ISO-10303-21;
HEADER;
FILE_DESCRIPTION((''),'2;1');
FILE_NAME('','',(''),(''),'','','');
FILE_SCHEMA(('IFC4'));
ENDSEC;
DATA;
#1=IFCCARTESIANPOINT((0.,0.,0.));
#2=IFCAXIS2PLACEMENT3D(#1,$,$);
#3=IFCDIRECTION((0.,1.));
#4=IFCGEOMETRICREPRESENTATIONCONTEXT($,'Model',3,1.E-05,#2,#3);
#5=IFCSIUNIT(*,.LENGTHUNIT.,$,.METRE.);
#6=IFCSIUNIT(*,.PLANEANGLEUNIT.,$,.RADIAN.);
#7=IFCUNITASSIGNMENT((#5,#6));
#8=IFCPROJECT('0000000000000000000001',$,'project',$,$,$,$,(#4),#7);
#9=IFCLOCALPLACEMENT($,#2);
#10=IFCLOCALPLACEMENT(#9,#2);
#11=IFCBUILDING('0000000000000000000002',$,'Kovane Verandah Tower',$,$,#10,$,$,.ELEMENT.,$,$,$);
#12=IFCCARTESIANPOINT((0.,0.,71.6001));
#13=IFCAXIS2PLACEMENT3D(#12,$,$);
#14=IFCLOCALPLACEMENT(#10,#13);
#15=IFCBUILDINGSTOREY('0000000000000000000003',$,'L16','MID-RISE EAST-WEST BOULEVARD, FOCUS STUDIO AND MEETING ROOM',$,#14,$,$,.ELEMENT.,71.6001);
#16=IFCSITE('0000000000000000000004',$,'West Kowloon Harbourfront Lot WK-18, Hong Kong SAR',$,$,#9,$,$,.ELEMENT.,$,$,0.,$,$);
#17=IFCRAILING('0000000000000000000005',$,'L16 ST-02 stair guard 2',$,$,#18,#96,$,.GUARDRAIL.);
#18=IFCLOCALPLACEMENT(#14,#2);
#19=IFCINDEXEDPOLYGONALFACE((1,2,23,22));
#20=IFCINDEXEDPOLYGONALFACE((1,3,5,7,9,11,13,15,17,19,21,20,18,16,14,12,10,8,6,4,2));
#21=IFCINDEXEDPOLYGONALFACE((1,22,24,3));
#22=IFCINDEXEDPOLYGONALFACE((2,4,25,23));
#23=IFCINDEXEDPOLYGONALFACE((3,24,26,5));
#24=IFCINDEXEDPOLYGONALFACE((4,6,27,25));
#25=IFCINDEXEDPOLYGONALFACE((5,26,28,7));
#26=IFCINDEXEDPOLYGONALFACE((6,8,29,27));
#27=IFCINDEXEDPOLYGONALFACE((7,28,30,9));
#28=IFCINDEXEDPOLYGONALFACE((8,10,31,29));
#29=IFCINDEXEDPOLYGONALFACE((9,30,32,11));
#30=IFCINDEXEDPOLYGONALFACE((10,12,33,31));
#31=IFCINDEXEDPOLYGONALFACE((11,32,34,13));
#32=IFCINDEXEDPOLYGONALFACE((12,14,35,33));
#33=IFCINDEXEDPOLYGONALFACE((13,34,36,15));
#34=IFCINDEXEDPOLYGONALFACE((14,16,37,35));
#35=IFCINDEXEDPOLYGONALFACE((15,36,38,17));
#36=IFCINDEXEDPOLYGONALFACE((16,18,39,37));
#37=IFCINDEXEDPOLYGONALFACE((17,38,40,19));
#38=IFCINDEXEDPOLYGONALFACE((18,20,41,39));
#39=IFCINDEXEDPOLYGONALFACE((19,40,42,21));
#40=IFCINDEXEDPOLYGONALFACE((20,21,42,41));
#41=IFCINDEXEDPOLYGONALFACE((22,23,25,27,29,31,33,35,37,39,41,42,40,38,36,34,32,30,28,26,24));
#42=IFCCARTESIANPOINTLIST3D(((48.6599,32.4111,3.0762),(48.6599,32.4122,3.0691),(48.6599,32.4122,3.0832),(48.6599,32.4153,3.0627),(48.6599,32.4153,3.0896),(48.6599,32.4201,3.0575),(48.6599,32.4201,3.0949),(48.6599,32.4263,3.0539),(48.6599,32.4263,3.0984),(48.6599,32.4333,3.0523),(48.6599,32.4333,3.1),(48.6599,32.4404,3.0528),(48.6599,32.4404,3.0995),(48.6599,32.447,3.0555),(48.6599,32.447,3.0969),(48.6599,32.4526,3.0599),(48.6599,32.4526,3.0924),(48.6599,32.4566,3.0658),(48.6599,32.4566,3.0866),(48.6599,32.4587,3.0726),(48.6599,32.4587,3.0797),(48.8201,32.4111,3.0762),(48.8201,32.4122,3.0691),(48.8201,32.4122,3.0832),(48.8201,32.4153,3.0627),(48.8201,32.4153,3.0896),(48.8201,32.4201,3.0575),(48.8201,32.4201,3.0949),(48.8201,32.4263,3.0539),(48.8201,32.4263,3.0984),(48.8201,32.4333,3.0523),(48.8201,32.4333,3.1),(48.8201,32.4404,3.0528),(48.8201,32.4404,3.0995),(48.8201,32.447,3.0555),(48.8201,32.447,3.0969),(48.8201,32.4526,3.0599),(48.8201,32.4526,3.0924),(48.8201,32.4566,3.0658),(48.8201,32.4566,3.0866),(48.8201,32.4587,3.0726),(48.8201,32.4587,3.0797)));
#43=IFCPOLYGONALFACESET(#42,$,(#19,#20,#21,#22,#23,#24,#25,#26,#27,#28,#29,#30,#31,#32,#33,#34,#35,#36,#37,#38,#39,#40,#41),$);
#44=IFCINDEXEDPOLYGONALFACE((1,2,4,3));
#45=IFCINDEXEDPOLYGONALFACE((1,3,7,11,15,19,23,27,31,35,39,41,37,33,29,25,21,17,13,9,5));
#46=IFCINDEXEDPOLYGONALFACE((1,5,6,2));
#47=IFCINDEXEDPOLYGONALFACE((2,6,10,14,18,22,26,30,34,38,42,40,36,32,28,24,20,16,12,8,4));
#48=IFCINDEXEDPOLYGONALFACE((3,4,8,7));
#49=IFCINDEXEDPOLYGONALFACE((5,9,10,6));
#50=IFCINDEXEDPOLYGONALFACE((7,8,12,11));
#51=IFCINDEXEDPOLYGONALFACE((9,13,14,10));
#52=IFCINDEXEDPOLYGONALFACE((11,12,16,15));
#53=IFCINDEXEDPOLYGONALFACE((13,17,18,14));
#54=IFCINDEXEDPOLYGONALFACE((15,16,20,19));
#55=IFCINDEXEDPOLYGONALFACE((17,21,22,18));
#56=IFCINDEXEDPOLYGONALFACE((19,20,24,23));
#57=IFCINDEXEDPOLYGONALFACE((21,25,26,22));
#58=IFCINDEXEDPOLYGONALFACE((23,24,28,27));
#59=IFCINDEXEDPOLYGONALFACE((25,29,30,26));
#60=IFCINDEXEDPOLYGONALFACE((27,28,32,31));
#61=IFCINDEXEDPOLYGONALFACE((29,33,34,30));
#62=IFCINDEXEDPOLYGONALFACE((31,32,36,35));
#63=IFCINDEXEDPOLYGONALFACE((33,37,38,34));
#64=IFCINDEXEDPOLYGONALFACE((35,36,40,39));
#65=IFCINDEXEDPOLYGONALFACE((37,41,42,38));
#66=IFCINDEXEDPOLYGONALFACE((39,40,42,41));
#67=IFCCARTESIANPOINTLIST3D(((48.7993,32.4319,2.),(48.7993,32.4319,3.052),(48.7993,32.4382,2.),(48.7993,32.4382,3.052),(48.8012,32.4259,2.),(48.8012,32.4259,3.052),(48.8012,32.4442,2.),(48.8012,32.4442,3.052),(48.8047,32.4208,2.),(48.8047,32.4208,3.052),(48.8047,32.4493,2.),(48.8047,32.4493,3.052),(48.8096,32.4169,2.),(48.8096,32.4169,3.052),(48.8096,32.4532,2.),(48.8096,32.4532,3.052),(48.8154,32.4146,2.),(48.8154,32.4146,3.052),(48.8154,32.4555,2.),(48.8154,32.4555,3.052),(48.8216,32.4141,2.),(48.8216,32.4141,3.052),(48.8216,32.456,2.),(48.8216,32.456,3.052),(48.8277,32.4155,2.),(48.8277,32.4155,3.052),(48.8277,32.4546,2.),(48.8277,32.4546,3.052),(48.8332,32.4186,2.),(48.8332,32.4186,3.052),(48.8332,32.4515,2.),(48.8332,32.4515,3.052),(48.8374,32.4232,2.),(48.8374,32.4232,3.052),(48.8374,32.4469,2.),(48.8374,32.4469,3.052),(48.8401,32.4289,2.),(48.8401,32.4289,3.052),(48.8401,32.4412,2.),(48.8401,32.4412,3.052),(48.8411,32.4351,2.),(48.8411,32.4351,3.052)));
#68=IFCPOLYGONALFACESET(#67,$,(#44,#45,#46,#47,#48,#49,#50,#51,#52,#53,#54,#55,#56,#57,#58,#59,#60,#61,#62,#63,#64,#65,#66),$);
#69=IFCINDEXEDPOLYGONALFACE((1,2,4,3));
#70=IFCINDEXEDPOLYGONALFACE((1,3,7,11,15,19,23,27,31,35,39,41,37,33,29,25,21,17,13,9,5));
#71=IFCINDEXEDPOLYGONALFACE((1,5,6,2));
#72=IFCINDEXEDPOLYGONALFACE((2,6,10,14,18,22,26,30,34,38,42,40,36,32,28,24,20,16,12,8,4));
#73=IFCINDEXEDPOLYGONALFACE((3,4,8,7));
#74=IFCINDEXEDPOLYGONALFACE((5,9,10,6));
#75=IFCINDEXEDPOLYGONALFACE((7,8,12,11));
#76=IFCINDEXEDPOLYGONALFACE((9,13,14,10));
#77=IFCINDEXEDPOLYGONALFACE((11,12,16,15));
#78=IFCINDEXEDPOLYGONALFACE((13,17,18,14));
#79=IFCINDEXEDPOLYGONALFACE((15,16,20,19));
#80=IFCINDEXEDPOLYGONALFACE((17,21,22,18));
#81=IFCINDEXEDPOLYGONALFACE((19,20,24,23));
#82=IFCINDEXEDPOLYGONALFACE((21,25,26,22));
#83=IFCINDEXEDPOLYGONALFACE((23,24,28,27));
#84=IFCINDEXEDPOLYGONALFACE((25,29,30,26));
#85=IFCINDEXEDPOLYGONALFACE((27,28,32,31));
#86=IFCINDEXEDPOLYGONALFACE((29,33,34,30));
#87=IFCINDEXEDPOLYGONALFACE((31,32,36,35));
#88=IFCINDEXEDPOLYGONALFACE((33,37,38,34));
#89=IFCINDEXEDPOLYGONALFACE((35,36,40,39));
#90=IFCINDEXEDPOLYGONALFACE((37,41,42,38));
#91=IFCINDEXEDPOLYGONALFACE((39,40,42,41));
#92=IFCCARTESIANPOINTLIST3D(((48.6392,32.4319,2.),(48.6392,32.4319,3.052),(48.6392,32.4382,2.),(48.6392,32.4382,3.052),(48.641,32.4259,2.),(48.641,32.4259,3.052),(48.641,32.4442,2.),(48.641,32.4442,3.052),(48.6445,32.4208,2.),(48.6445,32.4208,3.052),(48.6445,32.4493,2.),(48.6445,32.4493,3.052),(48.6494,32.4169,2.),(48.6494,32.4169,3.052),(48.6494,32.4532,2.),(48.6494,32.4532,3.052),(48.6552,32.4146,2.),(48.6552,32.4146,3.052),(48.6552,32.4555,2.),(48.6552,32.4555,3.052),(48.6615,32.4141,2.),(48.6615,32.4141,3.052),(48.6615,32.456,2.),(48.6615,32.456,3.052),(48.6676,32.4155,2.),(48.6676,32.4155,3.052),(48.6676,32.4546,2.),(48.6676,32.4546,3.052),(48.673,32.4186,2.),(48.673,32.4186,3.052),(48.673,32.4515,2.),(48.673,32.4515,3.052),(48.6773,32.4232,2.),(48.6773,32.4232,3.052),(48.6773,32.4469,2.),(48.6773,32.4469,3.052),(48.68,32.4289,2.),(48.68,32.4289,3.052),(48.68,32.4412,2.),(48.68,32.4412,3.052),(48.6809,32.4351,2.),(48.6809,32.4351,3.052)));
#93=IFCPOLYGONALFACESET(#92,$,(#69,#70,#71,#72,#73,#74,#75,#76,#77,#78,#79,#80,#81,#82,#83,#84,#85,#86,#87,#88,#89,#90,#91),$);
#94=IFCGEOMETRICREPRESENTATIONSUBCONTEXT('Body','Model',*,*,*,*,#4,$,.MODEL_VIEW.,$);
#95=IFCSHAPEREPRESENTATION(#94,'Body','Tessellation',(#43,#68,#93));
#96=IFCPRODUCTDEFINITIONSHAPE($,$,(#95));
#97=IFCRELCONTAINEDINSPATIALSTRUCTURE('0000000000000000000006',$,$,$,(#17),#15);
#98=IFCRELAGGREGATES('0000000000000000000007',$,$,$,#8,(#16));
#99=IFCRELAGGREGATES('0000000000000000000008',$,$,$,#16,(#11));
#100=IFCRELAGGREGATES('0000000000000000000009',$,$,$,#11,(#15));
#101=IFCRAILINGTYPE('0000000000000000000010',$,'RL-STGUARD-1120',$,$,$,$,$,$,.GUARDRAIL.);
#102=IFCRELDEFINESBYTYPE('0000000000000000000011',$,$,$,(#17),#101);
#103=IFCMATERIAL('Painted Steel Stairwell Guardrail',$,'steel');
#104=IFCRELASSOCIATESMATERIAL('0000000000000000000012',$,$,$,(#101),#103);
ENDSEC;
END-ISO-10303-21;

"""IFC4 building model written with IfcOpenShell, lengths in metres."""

from ifc_helpers import new_model, si_unit, direction, frame, origin, origin_2d, place, context, subcontext, project, spatial, circle, extrude, material, type_object, element, save


model = new_model("IFC4")

# Units and contexts
model_context = context("Model", 3, precision=1e-05, world=origin(), true_north=direction((0.0, 1.0)))
body_context = subcontext(model_context, "Body", "Model", "MODEL_VIEW")
ifc_project = project(units=[si_unit("LENGTHUNIT", "METRE"), si_unit("PLANEANGLEUNIT", "RADIAN")], contexts=[model_context])

# Site, building, storey
site_placement = place(None, origin())
site = spatial("IfcSite", under=ifc_project, at=site_placement, Name="West Kowloon Harbourfront Lot WK-18, Hong Kong SAR", CompositionType="ELEMENT", RefElevation=0.0)
building_placement = place(site_placement, origin())
building = spatial("IfcBuilding", under=site, at=building_placement, Name="Kovane Verandah Tower", CompositionType="ELEMENT")
storey_placement = place(building_placement, frame((0.0, 0.0, 71.6001)))
storey = spatial("IfcBuildingStorey", under=building, at=storey_placement, Name="L16", Description="MID-RISE EAST-WEST BOULEVARD, FOCUS STUDIO AND MEETING ROOM", CompositionType="ELEMENT", Elevation=71.6001)

# Railing
ifc_material_1 = material(Name="Painted Steel Stairwell Guardrail", Category="steel")
railing_type_1 = type_object("IfcRailingType", Name="RL-STGUARD-1120", PredefinedType="GUARDRAIL", material=ifc_material_1)
railing_1_placement = place(storey_placement, frame((48.8201, 32.4351, 2.0)))
element("IfcRailing", 1, at=railing_1_placement, inside=storey, type_object=railing_type_1, Name="L16 ST-02 stair guard 2", PredefinedType="GUARDRAIL", context=body_context, shape_type="SweptSolid", body=[
    extrude(circle(Radius=0.0239, at=origin_2d()), frame((0.0, 0.0, 1.0762), z_axis=(-1.0, 0.0, 0.0), x_axis=(0.0, -1.0, 0.0)), (0.0, 0.0, 1.0), 0.1602),
    extrude(circle(Radius=0.021, at=origin_2d()), origin(), (0.0, 0.0, 1.0), 1.052),
    extrude(circle(Radius=0.021, at=origin_2d()), frame((-0.1602, 0.0, 0.0)), (0.0, 0.0, 1.0), 1.052),
])

save(model, "model.ifc")
